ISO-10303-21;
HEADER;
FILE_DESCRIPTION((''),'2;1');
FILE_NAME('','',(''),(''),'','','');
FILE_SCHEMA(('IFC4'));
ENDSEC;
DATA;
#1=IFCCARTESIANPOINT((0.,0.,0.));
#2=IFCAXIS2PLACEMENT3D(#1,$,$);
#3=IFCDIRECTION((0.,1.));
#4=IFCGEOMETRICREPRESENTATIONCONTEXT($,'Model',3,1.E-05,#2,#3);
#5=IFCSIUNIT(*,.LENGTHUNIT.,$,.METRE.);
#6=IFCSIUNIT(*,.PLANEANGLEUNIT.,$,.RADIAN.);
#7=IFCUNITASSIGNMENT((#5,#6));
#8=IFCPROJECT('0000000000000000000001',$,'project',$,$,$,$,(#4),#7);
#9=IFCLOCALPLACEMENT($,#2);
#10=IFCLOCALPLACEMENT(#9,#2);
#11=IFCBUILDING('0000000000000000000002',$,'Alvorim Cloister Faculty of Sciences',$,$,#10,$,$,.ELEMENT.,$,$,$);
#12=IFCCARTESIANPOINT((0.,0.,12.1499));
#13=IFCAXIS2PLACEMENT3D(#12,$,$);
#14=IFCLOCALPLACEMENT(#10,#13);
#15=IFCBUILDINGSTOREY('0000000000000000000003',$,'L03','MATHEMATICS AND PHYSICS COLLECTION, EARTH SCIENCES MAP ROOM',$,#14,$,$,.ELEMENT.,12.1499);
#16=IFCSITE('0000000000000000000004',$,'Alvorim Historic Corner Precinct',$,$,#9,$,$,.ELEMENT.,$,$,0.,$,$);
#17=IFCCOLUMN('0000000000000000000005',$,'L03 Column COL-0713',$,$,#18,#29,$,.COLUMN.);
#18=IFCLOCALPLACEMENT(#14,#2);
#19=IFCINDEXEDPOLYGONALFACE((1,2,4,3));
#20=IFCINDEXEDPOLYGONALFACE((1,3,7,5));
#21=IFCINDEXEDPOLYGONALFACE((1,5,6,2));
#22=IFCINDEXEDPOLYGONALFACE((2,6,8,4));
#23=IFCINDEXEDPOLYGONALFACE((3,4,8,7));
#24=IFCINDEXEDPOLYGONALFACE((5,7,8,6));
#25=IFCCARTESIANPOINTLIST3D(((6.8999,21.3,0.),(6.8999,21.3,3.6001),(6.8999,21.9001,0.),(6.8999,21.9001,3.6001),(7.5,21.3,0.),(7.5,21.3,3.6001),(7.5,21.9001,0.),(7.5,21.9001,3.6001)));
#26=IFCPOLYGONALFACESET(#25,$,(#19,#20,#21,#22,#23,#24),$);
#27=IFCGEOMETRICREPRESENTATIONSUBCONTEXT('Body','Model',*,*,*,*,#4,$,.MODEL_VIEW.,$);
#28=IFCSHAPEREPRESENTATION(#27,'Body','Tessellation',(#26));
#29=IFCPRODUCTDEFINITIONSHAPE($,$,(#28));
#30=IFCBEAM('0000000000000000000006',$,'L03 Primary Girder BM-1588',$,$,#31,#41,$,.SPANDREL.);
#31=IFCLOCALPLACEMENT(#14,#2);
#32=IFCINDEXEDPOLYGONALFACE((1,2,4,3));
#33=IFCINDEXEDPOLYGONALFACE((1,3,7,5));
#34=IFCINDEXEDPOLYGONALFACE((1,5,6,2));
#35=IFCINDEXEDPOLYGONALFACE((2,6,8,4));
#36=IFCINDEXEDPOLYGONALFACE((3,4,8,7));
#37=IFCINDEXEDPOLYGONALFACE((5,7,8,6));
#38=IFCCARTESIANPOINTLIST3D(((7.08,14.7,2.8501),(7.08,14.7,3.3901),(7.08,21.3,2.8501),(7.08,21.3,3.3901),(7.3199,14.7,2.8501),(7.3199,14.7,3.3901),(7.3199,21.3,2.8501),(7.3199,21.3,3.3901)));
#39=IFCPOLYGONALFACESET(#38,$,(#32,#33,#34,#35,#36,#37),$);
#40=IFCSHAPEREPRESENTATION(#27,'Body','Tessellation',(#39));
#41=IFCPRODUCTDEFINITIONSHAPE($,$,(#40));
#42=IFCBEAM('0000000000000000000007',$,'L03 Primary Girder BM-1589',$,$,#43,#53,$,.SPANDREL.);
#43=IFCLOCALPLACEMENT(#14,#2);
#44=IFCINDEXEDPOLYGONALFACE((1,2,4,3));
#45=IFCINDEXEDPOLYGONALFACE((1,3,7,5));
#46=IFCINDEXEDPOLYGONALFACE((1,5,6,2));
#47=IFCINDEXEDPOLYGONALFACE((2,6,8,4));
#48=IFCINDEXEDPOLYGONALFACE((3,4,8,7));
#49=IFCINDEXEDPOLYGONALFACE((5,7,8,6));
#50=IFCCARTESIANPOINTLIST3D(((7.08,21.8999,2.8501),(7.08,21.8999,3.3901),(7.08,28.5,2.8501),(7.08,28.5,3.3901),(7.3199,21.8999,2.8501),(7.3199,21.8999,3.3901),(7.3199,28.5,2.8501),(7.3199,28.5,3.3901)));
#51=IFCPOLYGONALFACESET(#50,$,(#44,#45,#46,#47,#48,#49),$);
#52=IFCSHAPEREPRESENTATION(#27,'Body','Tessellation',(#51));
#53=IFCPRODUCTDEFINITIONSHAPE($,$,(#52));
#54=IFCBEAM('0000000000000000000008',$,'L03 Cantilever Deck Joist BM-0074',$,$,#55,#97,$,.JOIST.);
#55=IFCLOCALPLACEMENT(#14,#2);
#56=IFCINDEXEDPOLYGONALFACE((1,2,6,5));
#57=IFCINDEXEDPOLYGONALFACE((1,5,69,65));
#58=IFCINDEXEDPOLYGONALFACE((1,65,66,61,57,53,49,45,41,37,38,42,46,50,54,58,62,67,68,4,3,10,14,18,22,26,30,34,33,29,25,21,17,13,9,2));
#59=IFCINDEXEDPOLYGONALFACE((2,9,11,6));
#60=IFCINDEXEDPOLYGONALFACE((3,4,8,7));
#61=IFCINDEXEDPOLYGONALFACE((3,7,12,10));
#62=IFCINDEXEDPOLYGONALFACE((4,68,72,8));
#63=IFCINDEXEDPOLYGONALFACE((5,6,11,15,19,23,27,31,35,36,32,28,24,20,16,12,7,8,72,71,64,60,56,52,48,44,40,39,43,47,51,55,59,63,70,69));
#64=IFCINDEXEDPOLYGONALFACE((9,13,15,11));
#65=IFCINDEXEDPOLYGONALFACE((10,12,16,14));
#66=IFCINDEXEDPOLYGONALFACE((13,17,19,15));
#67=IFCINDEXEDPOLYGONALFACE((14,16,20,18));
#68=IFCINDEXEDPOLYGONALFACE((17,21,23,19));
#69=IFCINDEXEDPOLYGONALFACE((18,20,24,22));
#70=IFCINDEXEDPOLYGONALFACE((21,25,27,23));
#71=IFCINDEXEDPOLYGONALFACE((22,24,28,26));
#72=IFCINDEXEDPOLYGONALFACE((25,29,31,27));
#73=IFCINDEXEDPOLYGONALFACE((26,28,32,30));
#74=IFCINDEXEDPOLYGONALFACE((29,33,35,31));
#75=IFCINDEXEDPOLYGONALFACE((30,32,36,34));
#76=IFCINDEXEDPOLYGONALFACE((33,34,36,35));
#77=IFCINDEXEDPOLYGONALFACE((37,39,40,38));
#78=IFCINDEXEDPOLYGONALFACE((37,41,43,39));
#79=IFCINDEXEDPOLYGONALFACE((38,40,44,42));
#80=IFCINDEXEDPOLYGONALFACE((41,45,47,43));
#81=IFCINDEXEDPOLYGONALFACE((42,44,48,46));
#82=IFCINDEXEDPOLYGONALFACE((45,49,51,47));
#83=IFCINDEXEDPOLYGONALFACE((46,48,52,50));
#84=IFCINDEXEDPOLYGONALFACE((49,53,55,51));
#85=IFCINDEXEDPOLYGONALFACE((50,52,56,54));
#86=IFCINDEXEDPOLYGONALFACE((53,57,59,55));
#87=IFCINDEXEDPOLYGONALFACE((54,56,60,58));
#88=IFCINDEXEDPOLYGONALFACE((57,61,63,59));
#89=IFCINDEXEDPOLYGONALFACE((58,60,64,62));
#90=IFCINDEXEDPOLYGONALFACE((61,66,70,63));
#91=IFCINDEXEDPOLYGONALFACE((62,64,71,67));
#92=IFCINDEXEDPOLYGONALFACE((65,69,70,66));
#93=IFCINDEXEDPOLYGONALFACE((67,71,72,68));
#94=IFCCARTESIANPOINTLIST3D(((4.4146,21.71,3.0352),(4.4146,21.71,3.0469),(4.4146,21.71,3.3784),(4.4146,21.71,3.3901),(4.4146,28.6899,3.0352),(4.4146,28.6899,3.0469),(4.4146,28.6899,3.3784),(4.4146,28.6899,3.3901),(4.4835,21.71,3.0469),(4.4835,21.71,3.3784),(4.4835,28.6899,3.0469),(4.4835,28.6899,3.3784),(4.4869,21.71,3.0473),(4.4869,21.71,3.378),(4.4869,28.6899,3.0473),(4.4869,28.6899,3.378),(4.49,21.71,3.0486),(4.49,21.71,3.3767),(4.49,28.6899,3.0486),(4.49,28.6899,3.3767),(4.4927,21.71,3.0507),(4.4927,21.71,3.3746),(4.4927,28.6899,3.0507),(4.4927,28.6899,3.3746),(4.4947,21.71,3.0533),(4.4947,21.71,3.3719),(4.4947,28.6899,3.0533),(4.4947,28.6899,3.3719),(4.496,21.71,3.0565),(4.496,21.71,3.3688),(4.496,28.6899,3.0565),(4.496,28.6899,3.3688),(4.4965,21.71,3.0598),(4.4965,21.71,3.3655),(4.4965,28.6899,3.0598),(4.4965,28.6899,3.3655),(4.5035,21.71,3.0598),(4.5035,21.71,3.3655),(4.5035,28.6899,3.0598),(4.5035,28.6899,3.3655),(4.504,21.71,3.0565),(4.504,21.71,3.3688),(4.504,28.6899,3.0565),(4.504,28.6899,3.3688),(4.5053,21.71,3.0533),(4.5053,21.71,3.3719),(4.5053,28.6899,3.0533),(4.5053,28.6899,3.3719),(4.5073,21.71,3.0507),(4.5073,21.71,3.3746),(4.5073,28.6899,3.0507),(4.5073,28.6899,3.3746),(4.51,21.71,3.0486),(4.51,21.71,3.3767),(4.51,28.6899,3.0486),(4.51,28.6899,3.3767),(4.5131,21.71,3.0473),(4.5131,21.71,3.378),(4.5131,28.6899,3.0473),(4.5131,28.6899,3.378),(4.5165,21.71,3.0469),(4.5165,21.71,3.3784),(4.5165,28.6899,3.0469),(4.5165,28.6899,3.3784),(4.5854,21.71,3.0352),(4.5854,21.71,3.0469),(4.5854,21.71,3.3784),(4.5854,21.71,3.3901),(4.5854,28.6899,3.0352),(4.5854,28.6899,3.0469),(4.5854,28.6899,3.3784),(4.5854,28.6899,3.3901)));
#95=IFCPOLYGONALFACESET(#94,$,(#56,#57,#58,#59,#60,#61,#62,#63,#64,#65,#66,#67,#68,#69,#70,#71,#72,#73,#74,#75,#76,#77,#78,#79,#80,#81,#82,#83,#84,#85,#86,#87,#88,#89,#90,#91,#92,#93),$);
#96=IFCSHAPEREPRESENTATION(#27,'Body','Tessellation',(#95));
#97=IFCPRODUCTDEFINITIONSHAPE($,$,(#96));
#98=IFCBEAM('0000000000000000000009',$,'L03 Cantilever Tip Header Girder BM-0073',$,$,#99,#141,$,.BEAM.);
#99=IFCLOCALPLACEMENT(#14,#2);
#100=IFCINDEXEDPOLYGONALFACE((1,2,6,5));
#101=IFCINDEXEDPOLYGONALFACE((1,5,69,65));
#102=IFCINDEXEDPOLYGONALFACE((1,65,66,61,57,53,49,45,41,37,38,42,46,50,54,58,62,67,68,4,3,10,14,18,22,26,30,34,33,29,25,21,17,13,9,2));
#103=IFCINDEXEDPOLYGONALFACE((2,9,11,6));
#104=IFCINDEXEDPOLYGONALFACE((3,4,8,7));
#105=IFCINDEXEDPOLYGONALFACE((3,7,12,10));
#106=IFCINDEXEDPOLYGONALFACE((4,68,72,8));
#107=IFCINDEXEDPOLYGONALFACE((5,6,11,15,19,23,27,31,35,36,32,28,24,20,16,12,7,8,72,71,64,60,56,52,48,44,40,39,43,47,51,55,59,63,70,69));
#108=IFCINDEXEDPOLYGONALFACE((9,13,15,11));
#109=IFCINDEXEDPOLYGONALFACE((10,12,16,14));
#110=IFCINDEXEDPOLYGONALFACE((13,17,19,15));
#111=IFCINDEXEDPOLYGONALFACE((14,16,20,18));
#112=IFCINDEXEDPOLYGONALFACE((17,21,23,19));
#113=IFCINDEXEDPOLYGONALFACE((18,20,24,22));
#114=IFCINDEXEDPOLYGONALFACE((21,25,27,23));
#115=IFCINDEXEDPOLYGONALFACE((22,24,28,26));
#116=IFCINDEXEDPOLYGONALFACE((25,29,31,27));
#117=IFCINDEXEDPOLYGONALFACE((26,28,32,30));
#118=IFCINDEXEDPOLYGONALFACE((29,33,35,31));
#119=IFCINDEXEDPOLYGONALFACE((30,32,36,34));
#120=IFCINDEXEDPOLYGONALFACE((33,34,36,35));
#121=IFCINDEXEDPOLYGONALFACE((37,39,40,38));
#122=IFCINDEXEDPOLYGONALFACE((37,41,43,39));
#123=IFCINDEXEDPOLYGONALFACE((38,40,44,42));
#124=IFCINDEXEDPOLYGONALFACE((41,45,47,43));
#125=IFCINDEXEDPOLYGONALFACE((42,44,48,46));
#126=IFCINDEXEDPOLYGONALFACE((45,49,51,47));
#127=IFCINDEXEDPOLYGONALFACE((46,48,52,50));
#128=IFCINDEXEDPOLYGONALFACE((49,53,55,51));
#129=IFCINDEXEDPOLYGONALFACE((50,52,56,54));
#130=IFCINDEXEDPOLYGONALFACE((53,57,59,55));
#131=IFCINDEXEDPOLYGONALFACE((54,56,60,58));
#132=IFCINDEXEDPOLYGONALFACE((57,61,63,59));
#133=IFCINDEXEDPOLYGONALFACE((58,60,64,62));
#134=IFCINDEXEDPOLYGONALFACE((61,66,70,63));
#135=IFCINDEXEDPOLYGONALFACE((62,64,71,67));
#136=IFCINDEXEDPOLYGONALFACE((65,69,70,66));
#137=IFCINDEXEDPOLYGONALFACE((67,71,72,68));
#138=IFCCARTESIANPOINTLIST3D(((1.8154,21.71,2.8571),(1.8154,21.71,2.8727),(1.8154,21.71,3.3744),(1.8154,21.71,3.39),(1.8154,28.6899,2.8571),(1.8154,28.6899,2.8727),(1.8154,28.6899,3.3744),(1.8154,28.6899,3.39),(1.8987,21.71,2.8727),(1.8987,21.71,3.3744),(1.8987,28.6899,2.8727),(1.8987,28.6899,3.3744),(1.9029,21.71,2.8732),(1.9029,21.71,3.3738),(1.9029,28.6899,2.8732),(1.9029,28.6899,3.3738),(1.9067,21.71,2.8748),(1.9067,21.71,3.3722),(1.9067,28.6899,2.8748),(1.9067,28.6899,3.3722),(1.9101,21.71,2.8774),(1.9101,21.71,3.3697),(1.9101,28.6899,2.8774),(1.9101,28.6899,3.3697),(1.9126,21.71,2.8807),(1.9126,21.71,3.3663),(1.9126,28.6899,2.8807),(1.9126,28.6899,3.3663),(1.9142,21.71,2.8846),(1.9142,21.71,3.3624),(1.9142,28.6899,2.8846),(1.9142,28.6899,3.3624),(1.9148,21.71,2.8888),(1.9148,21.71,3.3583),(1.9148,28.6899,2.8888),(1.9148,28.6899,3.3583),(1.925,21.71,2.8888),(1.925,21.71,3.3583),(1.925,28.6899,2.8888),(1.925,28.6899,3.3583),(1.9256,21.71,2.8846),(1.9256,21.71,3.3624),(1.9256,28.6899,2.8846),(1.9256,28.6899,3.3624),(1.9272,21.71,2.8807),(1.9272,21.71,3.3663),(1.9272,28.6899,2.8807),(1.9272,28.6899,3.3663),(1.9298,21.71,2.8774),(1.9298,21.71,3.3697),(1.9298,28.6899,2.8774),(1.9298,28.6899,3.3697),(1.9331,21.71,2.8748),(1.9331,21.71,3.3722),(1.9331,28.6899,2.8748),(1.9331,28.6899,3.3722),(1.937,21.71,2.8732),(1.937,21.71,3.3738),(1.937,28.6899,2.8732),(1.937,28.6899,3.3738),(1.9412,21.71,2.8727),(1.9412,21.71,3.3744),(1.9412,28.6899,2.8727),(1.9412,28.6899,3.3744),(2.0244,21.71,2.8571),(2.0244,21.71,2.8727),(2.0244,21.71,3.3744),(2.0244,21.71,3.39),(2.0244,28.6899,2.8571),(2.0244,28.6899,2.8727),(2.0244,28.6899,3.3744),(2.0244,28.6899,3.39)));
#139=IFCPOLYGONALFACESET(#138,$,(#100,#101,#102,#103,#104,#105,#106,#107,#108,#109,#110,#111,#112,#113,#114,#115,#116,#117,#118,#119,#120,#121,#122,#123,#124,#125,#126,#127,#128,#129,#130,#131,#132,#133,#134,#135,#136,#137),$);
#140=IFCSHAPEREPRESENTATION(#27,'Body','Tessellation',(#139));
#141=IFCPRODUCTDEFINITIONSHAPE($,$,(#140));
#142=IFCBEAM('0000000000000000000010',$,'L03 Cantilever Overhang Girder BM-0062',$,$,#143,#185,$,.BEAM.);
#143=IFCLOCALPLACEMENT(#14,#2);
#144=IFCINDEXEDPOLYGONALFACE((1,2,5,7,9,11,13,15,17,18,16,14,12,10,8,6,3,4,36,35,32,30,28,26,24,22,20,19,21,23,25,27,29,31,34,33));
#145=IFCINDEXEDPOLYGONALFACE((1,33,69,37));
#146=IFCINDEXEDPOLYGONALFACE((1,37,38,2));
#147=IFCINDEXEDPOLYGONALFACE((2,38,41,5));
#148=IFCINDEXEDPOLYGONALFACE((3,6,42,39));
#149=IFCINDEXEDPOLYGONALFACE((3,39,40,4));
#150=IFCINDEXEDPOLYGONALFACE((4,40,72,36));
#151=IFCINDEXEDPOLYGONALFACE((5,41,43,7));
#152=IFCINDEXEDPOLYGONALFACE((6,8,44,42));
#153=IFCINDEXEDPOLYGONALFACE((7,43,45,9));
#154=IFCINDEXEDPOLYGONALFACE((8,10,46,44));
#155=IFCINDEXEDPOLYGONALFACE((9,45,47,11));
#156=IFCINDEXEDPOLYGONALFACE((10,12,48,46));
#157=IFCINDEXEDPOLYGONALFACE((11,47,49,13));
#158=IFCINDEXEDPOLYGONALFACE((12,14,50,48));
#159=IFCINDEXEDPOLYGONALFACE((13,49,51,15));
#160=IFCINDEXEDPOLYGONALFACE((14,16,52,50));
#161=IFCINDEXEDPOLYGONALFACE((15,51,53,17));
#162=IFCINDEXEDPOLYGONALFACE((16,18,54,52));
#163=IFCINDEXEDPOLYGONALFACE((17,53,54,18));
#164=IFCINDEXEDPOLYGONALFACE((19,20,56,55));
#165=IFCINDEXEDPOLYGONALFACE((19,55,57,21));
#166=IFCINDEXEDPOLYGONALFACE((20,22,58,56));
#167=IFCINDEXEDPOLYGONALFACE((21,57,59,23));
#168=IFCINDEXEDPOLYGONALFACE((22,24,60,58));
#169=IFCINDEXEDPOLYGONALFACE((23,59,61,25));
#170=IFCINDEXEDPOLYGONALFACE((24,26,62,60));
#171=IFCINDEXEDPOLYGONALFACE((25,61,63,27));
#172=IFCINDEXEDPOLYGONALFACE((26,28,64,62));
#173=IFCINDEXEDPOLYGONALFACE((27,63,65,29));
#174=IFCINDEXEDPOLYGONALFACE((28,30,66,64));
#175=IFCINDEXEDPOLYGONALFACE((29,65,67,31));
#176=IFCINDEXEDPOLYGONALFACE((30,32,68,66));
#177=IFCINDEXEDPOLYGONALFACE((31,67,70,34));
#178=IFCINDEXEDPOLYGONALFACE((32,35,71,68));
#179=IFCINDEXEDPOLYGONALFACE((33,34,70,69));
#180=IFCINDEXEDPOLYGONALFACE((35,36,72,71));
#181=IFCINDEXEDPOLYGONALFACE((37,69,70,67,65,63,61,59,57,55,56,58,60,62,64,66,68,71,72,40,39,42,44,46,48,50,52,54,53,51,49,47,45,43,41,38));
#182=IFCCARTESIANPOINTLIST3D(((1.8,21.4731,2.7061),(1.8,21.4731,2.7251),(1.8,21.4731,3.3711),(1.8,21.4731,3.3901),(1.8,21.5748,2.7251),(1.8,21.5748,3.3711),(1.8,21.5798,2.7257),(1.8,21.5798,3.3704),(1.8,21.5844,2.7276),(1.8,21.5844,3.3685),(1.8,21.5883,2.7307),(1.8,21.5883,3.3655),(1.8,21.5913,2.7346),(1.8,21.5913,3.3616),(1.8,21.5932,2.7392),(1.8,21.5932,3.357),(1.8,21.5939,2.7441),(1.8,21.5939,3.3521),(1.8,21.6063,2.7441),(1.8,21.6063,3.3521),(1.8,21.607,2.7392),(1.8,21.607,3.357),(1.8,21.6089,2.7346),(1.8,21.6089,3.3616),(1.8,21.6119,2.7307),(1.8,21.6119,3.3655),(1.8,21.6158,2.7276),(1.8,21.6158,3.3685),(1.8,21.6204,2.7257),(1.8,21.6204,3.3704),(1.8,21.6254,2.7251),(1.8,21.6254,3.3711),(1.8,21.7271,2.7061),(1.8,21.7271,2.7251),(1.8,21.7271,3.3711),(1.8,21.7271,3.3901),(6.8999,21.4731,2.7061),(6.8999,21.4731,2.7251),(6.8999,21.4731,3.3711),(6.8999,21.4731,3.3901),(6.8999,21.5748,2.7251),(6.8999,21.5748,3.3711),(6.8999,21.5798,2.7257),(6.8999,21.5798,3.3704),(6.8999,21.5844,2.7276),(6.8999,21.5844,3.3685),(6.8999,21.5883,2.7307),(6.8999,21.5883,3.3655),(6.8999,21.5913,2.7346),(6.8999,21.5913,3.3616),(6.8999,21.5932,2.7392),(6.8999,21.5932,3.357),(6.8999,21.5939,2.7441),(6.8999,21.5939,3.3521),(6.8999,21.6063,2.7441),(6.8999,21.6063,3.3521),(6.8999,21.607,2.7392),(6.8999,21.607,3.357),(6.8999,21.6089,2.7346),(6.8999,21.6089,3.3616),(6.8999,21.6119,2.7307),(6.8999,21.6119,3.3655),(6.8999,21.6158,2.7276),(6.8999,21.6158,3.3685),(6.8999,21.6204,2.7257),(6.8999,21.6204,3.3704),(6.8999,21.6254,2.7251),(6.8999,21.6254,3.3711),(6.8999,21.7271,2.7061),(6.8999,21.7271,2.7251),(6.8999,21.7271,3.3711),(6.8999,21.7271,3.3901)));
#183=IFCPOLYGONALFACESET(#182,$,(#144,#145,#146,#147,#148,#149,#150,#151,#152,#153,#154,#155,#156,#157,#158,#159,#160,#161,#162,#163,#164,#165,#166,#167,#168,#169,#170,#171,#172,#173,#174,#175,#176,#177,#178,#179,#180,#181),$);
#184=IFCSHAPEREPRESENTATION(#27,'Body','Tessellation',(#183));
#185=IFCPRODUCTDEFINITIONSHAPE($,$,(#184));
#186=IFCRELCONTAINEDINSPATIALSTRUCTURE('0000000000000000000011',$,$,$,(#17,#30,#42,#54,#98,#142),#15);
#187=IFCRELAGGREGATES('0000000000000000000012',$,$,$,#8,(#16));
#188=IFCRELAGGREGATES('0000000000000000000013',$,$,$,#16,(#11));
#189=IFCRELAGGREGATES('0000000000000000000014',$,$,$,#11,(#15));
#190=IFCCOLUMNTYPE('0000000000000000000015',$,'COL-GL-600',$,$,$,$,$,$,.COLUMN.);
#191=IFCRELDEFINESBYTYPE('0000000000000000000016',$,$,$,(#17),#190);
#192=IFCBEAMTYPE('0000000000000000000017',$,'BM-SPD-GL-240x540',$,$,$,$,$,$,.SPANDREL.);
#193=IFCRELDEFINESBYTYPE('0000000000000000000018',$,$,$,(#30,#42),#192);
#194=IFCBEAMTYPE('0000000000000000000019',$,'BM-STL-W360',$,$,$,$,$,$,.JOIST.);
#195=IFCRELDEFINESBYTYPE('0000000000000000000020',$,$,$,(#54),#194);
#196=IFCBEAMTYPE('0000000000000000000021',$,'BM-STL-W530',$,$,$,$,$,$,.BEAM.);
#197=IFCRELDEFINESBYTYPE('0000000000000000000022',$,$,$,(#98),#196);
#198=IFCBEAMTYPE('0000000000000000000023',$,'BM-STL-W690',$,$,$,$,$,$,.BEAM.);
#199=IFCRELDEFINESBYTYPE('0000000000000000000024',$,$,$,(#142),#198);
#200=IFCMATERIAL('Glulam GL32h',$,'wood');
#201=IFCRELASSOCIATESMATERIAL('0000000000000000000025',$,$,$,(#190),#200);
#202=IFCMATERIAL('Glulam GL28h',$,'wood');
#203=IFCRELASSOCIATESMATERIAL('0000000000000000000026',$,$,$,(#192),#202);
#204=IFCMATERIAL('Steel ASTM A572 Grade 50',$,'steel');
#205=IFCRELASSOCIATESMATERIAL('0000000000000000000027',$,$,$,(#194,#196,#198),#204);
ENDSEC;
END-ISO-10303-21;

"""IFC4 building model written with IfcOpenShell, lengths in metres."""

from ifc_helpers import new_model, si_unit, direction, frame, origin, origin_2d, place, context, subcontext, project, spatial, rectangle, i_section, extrude, material, material_profile, profile_set, type_object, element, save


model = new_model("IFC4")

# Units and contexts
model_context = context("Model", 3, precision=1e-05, world=origin(), true_north=direction((0.0, 1.0)))
body_context = subcontext(model_context, "Body", "Model", "MODEL_VIEW")
ifc_project = project(units=[si_unit("LENGTHUNIT", "METRE"), si_unit("PLANEANGLEUNIT", "RADIAN")], contexts=[model_context])

# Site, building, storey
site_placement = place(None, origin())
site = spatial("IfcSite", under=ifc_project, at=site_placement, Name="Alvorim Historic Corner Precinct", CompositionType="ELEMENT", RefElevation=0.0)
building_placement = place(site_placement, origin())
building = spatial("IfcBuilding", under=site, at=building_placement, Name="Alvorim Cloister Faculty of Sciences", CompositionType="ELEMENT")
storey_placement = place(building_placement, frame((0.0, 0.0, 12.1499)))
storey = spatial("IfcBuildingStorey", under=building, at=storey_placement, Name="L03", Description="MATHEMATICS AND PHYSICS COLLECTION, EARTH SCIENCES MAP ROOM", CompositionType="ELEMENT", Elevation=12.1499)

# Column
ifc_material_1 = material(Name="Glulam GL32h", Category="wood")
ifc_material_profile_1 = material_profile(ifc_material_1, rectangle(XDim=0.6001, YDim=0.6001, at=origin_2d()), Name="GL32-COL-600x600")
ifc_profile_set_1 = profile_set([ifc_material_profile_1], Name="Glulam GL32h")
column_type = type_object("IfcColumnType", Name="COL-GL-600", PredefinedType="COLUMN", material=ifc_profile_set_1)
column_placement = place(storey_placement, frame((7.2, 21.6001, 0.0), z_axis=(0.0, 0.0, 1.0), x_axis=(1.0, 0.0, 0.0)))
element("IfcColumn", 1, at=column_placement, inside=storey, type_object=column_type, Name="L03 Column COL-0713", PredefinedType="COLUMN", context=body_context, shape_type="SweptSolid", body=[
    extrude(rectangle(XDim=0.6001, YDim=0.6001, at=origin_2d()), origin(), (0.0, 0.0, 1.0), 3.6001),
])

# Beams
ifc_material_2 = material(Name="Glulam GL28h", Category="wood")
ifc_material_profile_2 = material_profile(ifc_material_2, rectangle(XDim=0.24, YDim=0.54, at=origin_2d()), Name="GL28-SPD-240x540")
ifc_profile_set_2 = profile_set([ifc_material_profile_2], Name="Glulam GL28h")
beam_type_1 = type_object("IfcBeamType", Name="BM-SPD-GL-240x540", PredefinedType="SPANDREL", material=ifc_profile_set_2)
for number, where, z_axis, x_axis, name in (
    (2, (7.2, 14.7, 3.1201), (0.0, 1.0, 0.0), (-1.0, 0.0, 0.0), "L03 Primary Girder BM-1588"),
    (3, (7.2, 21.8999, 3.1201), (0.0, 1.0, 0.0), (-1.0, 0.0, 0.0), "L03 Primary Girder BM-1589"),
):
    element("IfcBeam", number, at=place(storey_placement, frame(where, z_axis=z_axis, x_axis=x_axis)), inside=storey, type_object=beam_type_1, Name=name, PredefinedType="SPANDREL", context=body_context, shape_type="SweptSolid", body=[
        extrude(rectangle(XDim=0.24, YDim=0.54, at=origin_2d()), origin(), (0.0, 0.0, 1.0), 6.6001),
    ])
ifc_material_3 = material(Name="Steel ASTM A572 Grade 50", Category="steel")
ifc_material_profile_3 = material_profile(ifc_material_3, i_section(OverallWidth=0.1709, OverallDepth=0.355, WebThickness=0.0071, FlangeThickness=0.0117, FilletRadius=0.0129, at=origin_2d()), Name="W360x51.0")
ifc_profile_set_3 = profile_set([ifc_material_profile_3], Name="Steel ASTM A572 Grade 50")
beam_type_2 = type_object("IfcBeamType", Name="BM-STL-W360", PredefinedType="JOIST", material=ifc_profile_set_3)
beam_1_placement = place(storey_placement, frame((4.5, 21.71, 3.2126), z_axis=(0.0, 1.0, 0.0), x_axis=(-1.0, 0.0, 0.0)))
element("IfcBeam", 4, at=beam_1_placement, inside=storey, type_object=beam_type_2, Name="L03 Cantilever Deck Joist BM-0074", PredefinedType="JOIST", context=body_context, shape_type="SweptSolid", body=[
    extrude(i_section(OverallWidth=0.1709, OverallDepth=0.355, WebThickness=0.0071, FlangeThickness=0.0117, FilletRadius=0.0129, at=origin_2d()), origin(), (0.0, 0.0, 1.0), 6.98),
])
ifc_material_profile_4 = material_profile(ifc_material_3, i_section(OverallWidth=0.209, OverallDepth=0.533, WebThickness=0.0103, FlangeThickness=0.0156, FilletRadius=0.0161, at=origin_2d()), Name="W530x92.0")
ifc_profile_set_4 = profile_set([ifc_material_profile_4], Name="Steel ASTM A572 Grade 50")
beam_type_3 = type_object("IfcBeamType", Name="BM-STL-W530", PredefinedType="BEAM", material=ifc_profile_set_4)
beam_2_placement = place(storey_placement, frame((1.9199, 21.71, 3.1235), z_axis=(0.0, 1.0, 0.0), x_axis=(-1.0, 0.0, 0.0)))
element("IfcBeam", 5, at=beam_2_placement, inside=storey, type_object=beam_type_3, Name="L03 Cantilever Tip Header Girder BM-0073", PredefinedType="BEAM", context=body_context, shape_type="SweptSolid", body=[
    extrude(i_section(OverallWidth=0.209, OverallDepth=0.533, WebThickness=0.0103, FlangeThickness=0.0156, FilletRadius=0.0161, at=origin_2d()), origin(), (0.0, 0.0, 1.0), 6.98),
])
ifc_material_profile_5 = material_profile(ifc_material_3, i_section(OverallWidth=0.2539, OverallDepth=0.6841, WebThickness=0.0125, FlangeThickness=0.019, FilletRadius=0.019, at=origin_2d()), Name="W690x140.0")
ifc_profile_set_5 = profile_set([ifc_material_profile_5], Name="Steel ASTM A572 Grade 50")
beam_type_4 = type_object("IfcBeamType", Name="BM-STL-W690", PredefinedType="BEAM", material=ifc_profile_set_5)
beam_3_placement = place(storey_placement, frame((1.8, 21.6001, 3.0481), z_axis=(1.0, 0.0, 0.0), x_axis=(0.0, 1.0, 0.0)))
element("IfcBeam", 6, at=beam_3_placement, inside=storey, type_object=beam_type_4, Name="L03 Cantilever Overhang Girder BM-0062", PredefinedType="BEAM", context=body_context, shape_type="SweptSolid", body=[
    extrude(i_section(OverallWidth=0.2539, OverallDepth=0.6841, WebThickness=0.0125, FlangeThickness=0.019, FilletRadius=0.019, at=origin_2d()), origin(), (0.0, 0.0, 1.0), 5.0999),
])

save(model, "model.ifc")
